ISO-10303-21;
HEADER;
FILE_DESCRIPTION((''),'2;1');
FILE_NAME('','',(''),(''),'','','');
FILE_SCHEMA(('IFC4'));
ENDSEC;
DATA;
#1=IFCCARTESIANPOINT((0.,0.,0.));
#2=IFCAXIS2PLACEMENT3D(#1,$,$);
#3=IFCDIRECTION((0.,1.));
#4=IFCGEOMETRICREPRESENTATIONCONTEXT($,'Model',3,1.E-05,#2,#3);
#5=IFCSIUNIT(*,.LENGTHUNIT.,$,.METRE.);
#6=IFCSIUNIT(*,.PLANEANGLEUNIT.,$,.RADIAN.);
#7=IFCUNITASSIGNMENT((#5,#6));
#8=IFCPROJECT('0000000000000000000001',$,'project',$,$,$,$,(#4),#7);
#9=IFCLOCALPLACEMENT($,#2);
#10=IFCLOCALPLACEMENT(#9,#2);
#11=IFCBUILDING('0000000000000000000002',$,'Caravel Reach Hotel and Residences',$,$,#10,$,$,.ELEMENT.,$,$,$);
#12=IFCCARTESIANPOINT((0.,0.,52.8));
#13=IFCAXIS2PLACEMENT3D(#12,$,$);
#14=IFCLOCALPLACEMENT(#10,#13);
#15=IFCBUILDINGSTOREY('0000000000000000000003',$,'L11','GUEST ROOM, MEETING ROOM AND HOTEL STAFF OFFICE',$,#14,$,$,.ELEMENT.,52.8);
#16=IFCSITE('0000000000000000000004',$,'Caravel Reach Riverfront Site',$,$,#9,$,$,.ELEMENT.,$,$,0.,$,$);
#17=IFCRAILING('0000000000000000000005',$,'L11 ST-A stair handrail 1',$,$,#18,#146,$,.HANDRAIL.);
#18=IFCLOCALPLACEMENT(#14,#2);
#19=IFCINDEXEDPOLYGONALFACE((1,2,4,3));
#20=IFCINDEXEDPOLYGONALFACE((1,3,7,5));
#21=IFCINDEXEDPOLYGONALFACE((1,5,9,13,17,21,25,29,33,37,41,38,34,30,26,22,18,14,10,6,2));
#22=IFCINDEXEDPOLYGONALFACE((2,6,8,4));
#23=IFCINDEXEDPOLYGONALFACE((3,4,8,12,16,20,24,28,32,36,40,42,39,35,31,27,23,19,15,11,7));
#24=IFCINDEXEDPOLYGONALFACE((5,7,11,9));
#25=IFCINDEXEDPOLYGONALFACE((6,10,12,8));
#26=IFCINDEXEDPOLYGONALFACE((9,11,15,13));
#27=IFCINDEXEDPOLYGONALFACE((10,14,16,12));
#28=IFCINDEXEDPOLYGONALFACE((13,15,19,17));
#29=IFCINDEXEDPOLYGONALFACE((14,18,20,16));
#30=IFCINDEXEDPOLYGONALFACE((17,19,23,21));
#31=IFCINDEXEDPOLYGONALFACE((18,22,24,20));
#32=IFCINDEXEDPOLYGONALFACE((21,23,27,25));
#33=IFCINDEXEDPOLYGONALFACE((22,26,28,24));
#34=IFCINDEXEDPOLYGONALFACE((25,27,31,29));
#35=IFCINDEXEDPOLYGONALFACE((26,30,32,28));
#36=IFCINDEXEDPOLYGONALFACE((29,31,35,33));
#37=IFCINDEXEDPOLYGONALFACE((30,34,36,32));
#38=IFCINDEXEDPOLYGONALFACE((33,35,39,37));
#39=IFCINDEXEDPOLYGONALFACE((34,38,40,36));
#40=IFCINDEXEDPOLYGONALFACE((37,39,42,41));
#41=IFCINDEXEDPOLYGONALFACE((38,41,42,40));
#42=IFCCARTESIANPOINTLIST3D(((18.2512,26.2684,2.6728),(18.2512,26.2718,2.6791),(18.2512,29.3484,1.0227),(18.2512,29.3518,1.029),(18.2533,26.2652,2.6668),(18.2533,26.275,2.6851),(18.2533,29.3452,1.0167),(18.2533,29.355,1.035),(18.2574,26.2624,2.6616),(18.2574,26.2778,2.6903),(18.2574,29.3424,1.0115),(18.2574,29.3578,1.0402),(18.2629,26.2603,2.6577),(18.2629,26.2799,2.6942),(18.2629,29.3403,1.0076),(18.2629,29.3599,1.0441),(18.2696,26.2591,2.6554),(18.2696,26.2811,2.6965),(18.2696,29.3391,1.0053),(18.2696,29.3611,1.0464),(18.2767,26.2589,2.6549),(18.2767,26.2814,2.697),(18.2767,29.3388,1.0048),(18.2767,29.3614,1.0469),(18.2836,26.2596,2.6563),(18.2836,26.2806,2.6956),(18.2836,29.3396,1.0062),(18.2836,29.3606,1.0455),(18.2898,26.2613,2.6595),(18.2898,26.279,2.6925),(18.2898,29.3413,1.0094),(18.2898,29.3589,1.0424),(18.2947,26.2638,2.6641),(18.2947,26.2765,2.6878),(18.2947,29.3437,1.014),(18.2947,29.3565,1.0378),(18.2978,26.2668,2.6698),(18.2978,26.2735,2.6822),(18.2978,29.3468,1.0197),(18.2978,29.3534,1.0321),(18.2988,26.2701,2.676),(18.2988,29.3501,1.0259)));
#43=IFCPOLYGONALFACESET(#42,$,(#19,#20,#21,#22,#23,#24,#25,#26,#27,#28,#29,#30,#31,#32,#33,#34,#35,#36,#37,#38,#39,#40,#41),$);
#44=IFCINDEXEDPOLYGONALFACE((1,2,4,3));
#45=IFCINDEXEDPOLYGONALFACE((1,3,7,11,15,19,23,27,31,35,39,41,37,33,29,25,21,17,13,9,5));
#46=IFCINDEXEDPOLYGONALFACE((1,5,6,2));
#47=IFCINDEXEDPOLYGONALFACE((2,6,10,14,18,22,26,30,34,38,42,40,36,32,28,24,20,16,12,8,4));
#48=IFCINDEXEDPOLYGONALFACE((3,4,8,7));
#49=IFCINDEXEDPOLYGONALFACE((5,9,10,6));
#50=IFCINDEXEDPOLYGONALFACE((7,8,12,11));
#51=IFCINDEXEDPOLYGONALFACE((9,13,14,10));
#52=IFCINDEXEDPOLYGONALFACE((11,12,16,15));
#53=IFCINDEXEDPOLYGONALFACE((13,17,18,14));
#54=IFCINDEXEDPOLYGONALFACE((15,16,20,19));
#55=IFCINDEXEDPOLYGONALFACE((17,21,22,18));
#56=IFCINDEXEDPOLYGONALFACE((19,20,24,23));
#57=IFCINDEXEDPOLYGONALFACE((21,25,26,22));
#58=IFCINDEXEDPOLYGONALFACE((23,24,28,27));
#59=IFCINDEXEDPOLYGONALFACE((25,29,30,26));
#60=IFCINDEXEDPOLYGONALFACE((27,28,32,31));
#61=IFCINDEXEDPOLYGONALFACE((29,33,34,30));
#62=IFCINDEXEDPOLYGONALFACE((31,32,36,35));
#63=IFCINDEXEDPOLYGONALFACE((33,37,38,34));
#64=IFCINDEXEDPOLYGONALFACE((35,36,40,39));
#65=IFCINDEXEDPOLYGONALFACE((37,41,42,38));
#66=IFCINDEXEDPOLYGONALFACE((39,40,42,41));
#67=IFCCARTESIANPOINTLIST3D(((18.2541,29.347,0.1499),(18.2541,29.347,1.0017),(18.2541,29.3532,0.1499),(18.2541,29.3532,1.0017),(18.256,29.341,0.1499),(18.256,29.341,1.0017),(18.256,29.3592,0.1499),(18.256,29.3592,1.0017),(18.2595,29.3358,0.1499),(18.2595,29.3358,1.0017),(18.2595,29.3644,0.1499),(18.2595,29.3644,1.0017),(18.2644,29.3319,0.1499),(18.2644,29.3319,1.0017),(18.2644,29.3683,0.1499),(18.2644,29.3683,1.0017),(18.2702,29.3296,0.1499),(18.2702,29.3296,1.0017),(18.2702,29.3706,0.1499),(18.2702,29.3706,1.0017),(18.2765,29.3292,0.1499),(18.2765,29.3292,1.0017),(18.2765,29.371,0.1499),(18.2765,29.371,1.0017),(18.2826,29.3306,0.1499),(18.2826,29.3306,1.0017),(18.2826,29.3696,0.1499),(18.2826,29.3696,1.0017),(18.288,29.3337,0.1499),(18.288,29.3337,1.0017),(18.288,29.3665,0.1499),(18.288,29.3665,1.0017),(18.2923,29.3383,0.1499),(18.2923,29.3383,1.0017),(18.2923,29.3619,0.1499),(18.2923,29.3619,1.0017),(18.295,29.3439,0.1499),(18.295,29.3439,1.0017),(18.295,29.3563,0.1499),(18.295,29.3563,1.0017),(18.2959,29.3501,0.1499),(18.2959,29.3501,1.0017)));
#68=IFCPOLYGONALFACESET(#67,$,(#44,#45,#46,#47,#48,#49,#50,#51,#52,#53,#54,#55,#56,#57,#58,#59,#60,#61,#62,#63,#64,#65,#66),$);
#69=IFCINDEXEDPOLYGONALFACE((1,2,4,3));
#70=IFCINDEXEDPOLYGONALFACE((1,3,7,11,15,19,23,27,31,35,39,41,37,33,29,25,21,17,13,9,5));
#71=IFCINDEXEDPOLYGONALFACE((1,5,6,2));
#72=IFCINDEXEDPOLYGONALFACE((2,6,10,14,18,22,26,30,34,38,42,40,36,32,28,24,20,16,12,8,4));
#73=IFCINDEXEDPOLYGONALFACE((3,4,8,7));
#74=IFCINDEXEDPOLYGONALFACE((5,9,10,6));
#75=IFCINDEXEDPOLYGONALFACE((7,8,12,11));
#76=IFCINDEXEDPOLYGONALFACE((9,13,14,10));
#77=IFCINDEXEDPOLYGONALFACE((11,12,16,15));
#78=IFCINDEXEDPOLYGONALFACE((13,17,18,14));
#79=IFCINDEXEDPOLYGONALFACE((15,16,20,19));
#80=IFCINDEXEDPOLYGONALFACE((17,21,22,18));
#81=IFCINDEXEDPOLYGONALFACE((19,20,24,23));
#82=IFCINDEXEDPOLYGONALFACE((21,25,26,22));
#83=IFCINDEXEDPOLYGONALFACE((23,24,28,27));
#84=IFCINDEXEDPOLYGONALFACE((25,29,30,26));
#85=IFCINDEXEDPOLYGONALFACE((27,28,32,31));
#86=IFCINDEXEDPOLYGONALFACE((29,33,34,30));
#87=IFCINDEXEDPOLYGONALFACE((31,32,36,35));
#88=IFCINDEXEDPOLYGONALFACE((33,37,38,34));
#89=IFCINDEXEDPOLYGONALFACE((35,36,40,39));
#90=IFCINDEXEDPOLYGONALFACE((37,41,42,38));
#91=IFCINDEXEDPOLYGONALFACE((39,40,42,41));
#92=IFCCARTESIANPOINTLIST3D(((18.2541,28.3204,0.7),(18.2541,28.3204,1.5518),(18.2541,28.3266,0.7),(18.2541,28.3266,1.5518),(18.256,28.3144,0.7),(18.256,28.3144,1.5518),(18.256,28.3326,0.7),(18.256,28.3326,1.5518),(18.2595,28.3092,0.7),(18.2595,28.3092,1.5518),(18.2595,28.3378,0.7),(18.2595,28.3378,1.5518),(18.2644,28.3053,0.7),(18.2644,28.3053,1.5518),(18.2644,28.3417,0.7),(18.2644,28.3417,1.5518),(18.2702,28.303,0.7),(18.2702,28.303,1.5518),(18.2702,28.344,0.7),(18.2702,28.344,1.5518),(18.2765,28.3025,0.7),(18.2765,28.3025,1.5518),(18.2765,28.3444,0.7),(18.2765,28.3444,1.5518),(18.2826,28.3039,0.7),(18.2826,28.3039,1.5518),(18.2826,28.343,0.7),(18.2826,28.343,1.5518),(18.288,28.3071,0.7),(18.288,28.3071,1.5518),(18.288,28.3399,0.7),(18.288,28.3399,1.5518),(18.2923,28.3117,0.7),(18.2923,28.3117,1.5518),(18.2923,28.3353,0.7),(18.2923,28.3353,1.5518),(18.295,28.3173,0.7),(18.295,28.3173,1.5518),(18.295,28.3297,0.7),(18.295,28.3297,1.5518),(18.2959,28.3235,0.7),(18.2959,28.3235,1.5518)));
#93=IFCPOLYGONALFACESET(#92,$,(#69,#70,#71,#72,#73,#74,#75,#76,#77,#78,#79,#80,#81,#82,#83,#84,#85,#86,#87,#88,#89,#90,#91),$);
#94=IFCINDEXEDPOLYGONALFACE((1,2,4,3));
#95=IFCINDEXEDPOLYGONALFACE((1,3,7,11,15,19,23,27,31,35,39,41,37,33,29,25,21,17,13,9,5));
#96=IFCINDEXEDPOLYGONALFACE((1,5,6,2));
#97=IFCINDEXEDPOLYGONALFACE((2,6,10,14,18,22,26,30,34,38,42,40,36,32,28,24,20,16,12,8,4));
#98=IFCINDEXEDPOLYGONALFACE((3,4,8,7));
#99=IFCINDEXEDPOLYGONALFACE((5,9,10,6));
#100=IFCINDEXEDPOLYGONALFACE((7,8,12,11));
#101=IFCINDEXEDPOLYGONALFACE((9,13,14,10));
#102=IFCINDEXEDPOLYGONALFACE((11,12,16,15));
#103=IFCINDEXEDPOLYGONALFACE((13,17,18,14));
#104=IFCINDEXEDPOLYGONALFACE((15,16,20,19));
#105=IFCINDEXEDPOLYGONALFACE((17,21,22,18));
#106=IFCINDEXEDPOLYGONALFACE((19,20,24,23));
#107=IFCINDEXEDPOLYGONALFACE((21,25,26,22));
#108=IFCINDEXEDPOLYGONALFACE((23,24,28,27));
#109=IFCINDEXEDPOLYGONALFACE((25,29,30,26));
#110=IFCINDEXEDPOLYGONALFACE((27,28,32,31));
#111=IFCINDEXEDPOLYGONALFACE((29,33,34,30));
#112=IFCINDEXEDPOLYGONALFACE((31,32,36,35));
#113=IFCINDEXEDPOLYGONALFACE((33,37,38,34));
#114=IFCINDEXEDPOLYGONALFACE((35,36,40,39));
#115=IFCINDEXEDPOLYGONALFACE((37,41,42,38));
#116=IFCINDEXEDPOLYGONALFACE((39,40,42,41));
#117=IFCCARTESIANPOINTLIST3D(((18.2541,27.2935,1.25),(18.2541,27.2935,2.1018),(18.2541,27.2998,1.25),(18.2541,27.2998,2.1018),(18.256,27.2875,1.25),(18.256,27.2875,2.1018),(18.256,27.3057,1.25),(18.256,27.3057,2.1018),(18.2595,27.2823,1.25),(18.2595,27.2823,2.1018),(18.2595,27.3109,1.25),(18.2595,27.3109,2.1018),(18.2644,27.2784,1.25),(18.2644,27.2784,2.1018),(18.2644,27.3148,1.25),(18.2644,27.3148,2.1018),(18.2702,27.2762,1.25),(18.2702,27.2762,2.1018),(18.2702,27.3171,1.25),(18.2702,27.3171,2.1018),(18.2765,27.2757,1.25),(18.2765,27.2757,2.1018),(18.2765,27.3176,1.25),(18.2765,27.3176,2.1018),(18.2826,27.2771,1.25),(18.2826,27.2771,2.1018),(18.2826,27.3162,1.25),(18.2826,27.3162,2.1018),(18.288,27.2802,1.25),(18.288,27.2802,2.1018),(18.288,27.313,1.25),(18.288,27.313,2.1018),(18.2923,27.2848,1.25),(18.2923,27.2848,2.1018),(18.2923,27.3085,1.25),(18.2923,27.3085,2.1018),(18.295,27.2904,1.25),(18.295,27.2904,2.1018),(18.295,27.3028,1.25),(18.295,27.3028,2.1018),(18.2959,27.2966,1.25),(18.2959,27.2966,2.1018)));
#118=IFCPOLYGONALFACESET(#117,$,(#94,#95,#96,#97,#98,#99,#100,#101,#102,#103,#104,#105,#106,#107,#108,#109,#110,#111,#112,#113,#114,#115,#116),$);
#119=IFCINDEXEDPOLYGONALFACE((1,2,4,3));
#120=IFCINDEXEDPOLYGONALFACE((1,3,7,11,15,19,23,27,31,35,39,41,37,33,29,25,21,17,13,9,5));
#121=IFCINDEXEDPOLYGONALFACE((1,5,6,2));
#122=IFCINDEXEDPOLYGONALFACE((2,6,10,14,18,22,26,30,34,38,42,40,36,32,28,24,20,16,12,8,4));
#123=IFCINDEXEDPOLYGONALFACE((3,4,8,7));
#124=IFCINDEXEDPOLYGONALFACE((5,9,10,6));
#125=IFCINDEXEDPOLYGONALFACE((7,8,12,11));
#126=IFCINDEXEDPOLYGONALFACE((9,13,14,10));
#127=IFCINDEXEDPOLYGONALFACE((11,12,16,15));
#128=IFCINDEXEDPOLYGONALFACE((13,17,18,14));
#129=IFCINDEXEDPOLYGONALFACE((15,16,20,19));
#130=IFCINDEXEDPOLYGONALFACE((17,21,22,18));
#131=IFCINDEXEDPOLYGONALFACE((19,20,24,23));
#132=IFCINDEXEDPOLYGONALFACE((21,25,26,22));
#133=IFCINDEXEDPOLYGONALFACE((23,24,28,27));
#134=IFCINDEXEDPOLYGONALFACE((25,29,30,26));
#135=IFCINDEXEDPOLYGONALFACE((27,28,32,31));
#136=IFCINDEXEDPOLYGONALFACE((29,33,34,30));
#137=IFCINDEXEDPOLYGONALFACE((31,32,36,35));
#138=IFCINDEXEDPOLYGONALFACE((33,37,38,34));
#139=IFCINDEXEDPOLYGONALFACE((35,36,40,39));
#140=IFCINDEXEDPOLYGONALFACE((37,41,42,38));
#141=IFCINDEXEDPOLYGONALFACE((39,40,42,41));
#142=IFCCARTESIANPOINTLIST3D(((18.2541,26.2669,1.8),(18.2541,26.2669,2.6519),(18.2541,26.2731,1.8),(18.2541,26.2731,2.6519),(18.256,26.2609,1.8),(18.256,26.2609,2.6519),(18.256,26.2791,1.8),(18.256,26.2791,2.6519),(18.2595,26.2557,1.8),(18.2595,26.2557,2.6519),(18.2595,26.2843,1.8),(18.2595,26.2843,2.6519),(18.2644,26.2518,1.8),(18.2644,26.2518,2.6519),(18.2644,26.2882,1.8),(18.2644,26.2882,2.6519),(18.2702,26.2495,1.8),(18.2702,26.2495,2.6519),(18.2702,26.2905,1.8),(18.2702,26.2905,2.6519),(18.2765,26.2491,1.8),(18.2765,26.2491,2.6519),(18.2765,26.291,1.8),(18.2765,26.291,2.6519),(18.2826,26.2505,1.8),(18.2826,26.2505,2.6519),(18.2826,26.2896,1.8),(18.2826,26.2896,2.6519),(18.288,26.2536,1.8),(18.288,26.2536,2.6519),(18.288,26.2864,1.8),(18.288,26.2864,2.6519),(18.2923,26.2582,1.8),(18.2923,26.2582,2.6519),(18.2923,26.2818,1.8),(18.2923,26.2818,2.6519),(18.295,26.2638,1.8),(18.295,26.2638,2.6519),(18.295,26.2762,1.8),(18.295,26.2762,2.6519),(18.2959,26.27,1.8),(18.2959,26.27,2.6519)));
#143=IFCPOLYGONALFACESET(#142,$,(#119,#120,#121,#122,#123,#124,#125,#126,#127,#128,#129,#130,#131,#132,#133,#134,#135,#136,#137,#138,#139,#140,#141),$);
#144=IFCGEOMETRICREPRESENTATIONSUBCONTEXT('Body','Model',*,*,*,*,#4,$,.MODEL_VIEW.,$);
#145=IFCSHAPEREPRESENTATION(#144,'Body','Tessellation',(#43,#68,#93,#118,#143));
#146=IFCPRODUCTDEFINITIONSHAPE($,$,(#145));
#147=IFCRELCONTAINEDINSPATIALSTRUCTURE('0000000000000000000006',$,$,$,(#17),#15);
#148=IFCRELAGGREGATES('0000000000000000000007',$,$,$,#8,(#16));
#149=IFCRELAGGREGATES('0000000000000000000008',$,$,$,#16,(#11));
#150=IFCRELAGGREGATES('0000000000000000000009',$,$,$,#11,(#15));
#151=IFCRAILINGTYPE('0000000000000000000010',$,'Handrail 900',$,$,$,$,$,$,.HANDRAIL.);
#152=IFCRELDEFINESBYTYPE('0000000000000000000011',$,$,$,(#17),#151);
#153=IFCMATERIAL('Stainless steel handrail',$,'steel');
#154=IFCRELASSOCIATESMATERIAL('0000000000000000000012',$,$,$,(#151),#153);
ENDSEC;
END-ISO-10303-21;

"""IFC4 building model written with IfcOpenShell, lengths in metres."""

from ifc_helpers import new_model, si_unit, direction, frame, origin, origin_2d, place, context, subcontext, project, spatial, circle, extrude, material, type_object, element, save


model = new_model("IFC4")

# Units and contexts
model_context = context("Model", 3, precision=1e-05, world=origin(), true_north=direction((0.0, 1.0)))
body_context = subcontext(model_context, "Body", "Model", "MODEL_VIEW")
ifc_project = project(units=[si_unit("LENGTHUNIT", "METRE"), si_unit("PLANEANGLEUNIT", "RADIAN")], contexts=[model_context])

# Site, building, storey
site_placement = place(None, origin())
site = spatial("IfcSite", under=ifc_project, at=site_placement, Name="Caravel Reach Riverfront Site", CompositionType="ELEMENT", RefElevation=0.0)
building_placement = place(site_placement, origin())
building = spatial("IfcBuilding", under=site, at=building_placement, Name="Caravel Reach Hotel and Residences", CompositionType="ELEMENT")
storey_placement = place(building_placement, frame((0.0, 0.0, 52.8)))
storey = spatial("IfcBuildingStorey", under=building, at=storey_placement, Name="L11", Description="GUEST ROOM, MEETING ROOM AND HOTEL STAFF OFFICE", CompositionType="ELEMENT", Elevation=52.8)

# Railing
ifc_material_1 = material(Name="Stainless steel handrail", Category="steel")
railing_type_1 = type_object("IfcRailingType", Name="Handrail 900", PredefinedType="HANDRAIL", material=ifc_material_1)
railing_1_placement = place(storey_placement, frame((18.2749, 29.3501, 0.1499)))
element("IfcRailing", 1, at=railing_1_placement, inside=storey, type_object=railing_type_1, Name="L11 ST-A stair handrail 1", PredefinedType="HANDRAIL", context=body_context, shape_type="SweptSolid", body=[
    extrude(circle(Radius=0.0239, at=origin_2d()), frame((0.0, 0.0, 0.876), z_axis=(0.0, -0.881468, 0.472245), x_axis=(1.0, 0.0, 0.0)), (0.0, 0.0, 1.0), 3.4941),
    extrude(circle(Radius=0.021, at=origin_2d()), origin(), (0.0, 0.0, 1.0), 0.8518),
    extrude(circle(Radius=0.021, at=origin_2d()), frame((0.0, -1.0266, 0.55)), (0.0, 0.0, 1.0), 0.8518),
    extrude(circle(Radius=0.021, at=origin_2d()), frame((0.0, -2.0535, 1.1001)), (0.0, 0.0, 1.0), 0.8518),
    extrude(circle(Radius=0.021, at=origin_2d()), frame((0.0, -3.0801, 1.6501)), (0.0, 0.0, 1.0), 0.8518),
])

save(model, "model.ifc")
